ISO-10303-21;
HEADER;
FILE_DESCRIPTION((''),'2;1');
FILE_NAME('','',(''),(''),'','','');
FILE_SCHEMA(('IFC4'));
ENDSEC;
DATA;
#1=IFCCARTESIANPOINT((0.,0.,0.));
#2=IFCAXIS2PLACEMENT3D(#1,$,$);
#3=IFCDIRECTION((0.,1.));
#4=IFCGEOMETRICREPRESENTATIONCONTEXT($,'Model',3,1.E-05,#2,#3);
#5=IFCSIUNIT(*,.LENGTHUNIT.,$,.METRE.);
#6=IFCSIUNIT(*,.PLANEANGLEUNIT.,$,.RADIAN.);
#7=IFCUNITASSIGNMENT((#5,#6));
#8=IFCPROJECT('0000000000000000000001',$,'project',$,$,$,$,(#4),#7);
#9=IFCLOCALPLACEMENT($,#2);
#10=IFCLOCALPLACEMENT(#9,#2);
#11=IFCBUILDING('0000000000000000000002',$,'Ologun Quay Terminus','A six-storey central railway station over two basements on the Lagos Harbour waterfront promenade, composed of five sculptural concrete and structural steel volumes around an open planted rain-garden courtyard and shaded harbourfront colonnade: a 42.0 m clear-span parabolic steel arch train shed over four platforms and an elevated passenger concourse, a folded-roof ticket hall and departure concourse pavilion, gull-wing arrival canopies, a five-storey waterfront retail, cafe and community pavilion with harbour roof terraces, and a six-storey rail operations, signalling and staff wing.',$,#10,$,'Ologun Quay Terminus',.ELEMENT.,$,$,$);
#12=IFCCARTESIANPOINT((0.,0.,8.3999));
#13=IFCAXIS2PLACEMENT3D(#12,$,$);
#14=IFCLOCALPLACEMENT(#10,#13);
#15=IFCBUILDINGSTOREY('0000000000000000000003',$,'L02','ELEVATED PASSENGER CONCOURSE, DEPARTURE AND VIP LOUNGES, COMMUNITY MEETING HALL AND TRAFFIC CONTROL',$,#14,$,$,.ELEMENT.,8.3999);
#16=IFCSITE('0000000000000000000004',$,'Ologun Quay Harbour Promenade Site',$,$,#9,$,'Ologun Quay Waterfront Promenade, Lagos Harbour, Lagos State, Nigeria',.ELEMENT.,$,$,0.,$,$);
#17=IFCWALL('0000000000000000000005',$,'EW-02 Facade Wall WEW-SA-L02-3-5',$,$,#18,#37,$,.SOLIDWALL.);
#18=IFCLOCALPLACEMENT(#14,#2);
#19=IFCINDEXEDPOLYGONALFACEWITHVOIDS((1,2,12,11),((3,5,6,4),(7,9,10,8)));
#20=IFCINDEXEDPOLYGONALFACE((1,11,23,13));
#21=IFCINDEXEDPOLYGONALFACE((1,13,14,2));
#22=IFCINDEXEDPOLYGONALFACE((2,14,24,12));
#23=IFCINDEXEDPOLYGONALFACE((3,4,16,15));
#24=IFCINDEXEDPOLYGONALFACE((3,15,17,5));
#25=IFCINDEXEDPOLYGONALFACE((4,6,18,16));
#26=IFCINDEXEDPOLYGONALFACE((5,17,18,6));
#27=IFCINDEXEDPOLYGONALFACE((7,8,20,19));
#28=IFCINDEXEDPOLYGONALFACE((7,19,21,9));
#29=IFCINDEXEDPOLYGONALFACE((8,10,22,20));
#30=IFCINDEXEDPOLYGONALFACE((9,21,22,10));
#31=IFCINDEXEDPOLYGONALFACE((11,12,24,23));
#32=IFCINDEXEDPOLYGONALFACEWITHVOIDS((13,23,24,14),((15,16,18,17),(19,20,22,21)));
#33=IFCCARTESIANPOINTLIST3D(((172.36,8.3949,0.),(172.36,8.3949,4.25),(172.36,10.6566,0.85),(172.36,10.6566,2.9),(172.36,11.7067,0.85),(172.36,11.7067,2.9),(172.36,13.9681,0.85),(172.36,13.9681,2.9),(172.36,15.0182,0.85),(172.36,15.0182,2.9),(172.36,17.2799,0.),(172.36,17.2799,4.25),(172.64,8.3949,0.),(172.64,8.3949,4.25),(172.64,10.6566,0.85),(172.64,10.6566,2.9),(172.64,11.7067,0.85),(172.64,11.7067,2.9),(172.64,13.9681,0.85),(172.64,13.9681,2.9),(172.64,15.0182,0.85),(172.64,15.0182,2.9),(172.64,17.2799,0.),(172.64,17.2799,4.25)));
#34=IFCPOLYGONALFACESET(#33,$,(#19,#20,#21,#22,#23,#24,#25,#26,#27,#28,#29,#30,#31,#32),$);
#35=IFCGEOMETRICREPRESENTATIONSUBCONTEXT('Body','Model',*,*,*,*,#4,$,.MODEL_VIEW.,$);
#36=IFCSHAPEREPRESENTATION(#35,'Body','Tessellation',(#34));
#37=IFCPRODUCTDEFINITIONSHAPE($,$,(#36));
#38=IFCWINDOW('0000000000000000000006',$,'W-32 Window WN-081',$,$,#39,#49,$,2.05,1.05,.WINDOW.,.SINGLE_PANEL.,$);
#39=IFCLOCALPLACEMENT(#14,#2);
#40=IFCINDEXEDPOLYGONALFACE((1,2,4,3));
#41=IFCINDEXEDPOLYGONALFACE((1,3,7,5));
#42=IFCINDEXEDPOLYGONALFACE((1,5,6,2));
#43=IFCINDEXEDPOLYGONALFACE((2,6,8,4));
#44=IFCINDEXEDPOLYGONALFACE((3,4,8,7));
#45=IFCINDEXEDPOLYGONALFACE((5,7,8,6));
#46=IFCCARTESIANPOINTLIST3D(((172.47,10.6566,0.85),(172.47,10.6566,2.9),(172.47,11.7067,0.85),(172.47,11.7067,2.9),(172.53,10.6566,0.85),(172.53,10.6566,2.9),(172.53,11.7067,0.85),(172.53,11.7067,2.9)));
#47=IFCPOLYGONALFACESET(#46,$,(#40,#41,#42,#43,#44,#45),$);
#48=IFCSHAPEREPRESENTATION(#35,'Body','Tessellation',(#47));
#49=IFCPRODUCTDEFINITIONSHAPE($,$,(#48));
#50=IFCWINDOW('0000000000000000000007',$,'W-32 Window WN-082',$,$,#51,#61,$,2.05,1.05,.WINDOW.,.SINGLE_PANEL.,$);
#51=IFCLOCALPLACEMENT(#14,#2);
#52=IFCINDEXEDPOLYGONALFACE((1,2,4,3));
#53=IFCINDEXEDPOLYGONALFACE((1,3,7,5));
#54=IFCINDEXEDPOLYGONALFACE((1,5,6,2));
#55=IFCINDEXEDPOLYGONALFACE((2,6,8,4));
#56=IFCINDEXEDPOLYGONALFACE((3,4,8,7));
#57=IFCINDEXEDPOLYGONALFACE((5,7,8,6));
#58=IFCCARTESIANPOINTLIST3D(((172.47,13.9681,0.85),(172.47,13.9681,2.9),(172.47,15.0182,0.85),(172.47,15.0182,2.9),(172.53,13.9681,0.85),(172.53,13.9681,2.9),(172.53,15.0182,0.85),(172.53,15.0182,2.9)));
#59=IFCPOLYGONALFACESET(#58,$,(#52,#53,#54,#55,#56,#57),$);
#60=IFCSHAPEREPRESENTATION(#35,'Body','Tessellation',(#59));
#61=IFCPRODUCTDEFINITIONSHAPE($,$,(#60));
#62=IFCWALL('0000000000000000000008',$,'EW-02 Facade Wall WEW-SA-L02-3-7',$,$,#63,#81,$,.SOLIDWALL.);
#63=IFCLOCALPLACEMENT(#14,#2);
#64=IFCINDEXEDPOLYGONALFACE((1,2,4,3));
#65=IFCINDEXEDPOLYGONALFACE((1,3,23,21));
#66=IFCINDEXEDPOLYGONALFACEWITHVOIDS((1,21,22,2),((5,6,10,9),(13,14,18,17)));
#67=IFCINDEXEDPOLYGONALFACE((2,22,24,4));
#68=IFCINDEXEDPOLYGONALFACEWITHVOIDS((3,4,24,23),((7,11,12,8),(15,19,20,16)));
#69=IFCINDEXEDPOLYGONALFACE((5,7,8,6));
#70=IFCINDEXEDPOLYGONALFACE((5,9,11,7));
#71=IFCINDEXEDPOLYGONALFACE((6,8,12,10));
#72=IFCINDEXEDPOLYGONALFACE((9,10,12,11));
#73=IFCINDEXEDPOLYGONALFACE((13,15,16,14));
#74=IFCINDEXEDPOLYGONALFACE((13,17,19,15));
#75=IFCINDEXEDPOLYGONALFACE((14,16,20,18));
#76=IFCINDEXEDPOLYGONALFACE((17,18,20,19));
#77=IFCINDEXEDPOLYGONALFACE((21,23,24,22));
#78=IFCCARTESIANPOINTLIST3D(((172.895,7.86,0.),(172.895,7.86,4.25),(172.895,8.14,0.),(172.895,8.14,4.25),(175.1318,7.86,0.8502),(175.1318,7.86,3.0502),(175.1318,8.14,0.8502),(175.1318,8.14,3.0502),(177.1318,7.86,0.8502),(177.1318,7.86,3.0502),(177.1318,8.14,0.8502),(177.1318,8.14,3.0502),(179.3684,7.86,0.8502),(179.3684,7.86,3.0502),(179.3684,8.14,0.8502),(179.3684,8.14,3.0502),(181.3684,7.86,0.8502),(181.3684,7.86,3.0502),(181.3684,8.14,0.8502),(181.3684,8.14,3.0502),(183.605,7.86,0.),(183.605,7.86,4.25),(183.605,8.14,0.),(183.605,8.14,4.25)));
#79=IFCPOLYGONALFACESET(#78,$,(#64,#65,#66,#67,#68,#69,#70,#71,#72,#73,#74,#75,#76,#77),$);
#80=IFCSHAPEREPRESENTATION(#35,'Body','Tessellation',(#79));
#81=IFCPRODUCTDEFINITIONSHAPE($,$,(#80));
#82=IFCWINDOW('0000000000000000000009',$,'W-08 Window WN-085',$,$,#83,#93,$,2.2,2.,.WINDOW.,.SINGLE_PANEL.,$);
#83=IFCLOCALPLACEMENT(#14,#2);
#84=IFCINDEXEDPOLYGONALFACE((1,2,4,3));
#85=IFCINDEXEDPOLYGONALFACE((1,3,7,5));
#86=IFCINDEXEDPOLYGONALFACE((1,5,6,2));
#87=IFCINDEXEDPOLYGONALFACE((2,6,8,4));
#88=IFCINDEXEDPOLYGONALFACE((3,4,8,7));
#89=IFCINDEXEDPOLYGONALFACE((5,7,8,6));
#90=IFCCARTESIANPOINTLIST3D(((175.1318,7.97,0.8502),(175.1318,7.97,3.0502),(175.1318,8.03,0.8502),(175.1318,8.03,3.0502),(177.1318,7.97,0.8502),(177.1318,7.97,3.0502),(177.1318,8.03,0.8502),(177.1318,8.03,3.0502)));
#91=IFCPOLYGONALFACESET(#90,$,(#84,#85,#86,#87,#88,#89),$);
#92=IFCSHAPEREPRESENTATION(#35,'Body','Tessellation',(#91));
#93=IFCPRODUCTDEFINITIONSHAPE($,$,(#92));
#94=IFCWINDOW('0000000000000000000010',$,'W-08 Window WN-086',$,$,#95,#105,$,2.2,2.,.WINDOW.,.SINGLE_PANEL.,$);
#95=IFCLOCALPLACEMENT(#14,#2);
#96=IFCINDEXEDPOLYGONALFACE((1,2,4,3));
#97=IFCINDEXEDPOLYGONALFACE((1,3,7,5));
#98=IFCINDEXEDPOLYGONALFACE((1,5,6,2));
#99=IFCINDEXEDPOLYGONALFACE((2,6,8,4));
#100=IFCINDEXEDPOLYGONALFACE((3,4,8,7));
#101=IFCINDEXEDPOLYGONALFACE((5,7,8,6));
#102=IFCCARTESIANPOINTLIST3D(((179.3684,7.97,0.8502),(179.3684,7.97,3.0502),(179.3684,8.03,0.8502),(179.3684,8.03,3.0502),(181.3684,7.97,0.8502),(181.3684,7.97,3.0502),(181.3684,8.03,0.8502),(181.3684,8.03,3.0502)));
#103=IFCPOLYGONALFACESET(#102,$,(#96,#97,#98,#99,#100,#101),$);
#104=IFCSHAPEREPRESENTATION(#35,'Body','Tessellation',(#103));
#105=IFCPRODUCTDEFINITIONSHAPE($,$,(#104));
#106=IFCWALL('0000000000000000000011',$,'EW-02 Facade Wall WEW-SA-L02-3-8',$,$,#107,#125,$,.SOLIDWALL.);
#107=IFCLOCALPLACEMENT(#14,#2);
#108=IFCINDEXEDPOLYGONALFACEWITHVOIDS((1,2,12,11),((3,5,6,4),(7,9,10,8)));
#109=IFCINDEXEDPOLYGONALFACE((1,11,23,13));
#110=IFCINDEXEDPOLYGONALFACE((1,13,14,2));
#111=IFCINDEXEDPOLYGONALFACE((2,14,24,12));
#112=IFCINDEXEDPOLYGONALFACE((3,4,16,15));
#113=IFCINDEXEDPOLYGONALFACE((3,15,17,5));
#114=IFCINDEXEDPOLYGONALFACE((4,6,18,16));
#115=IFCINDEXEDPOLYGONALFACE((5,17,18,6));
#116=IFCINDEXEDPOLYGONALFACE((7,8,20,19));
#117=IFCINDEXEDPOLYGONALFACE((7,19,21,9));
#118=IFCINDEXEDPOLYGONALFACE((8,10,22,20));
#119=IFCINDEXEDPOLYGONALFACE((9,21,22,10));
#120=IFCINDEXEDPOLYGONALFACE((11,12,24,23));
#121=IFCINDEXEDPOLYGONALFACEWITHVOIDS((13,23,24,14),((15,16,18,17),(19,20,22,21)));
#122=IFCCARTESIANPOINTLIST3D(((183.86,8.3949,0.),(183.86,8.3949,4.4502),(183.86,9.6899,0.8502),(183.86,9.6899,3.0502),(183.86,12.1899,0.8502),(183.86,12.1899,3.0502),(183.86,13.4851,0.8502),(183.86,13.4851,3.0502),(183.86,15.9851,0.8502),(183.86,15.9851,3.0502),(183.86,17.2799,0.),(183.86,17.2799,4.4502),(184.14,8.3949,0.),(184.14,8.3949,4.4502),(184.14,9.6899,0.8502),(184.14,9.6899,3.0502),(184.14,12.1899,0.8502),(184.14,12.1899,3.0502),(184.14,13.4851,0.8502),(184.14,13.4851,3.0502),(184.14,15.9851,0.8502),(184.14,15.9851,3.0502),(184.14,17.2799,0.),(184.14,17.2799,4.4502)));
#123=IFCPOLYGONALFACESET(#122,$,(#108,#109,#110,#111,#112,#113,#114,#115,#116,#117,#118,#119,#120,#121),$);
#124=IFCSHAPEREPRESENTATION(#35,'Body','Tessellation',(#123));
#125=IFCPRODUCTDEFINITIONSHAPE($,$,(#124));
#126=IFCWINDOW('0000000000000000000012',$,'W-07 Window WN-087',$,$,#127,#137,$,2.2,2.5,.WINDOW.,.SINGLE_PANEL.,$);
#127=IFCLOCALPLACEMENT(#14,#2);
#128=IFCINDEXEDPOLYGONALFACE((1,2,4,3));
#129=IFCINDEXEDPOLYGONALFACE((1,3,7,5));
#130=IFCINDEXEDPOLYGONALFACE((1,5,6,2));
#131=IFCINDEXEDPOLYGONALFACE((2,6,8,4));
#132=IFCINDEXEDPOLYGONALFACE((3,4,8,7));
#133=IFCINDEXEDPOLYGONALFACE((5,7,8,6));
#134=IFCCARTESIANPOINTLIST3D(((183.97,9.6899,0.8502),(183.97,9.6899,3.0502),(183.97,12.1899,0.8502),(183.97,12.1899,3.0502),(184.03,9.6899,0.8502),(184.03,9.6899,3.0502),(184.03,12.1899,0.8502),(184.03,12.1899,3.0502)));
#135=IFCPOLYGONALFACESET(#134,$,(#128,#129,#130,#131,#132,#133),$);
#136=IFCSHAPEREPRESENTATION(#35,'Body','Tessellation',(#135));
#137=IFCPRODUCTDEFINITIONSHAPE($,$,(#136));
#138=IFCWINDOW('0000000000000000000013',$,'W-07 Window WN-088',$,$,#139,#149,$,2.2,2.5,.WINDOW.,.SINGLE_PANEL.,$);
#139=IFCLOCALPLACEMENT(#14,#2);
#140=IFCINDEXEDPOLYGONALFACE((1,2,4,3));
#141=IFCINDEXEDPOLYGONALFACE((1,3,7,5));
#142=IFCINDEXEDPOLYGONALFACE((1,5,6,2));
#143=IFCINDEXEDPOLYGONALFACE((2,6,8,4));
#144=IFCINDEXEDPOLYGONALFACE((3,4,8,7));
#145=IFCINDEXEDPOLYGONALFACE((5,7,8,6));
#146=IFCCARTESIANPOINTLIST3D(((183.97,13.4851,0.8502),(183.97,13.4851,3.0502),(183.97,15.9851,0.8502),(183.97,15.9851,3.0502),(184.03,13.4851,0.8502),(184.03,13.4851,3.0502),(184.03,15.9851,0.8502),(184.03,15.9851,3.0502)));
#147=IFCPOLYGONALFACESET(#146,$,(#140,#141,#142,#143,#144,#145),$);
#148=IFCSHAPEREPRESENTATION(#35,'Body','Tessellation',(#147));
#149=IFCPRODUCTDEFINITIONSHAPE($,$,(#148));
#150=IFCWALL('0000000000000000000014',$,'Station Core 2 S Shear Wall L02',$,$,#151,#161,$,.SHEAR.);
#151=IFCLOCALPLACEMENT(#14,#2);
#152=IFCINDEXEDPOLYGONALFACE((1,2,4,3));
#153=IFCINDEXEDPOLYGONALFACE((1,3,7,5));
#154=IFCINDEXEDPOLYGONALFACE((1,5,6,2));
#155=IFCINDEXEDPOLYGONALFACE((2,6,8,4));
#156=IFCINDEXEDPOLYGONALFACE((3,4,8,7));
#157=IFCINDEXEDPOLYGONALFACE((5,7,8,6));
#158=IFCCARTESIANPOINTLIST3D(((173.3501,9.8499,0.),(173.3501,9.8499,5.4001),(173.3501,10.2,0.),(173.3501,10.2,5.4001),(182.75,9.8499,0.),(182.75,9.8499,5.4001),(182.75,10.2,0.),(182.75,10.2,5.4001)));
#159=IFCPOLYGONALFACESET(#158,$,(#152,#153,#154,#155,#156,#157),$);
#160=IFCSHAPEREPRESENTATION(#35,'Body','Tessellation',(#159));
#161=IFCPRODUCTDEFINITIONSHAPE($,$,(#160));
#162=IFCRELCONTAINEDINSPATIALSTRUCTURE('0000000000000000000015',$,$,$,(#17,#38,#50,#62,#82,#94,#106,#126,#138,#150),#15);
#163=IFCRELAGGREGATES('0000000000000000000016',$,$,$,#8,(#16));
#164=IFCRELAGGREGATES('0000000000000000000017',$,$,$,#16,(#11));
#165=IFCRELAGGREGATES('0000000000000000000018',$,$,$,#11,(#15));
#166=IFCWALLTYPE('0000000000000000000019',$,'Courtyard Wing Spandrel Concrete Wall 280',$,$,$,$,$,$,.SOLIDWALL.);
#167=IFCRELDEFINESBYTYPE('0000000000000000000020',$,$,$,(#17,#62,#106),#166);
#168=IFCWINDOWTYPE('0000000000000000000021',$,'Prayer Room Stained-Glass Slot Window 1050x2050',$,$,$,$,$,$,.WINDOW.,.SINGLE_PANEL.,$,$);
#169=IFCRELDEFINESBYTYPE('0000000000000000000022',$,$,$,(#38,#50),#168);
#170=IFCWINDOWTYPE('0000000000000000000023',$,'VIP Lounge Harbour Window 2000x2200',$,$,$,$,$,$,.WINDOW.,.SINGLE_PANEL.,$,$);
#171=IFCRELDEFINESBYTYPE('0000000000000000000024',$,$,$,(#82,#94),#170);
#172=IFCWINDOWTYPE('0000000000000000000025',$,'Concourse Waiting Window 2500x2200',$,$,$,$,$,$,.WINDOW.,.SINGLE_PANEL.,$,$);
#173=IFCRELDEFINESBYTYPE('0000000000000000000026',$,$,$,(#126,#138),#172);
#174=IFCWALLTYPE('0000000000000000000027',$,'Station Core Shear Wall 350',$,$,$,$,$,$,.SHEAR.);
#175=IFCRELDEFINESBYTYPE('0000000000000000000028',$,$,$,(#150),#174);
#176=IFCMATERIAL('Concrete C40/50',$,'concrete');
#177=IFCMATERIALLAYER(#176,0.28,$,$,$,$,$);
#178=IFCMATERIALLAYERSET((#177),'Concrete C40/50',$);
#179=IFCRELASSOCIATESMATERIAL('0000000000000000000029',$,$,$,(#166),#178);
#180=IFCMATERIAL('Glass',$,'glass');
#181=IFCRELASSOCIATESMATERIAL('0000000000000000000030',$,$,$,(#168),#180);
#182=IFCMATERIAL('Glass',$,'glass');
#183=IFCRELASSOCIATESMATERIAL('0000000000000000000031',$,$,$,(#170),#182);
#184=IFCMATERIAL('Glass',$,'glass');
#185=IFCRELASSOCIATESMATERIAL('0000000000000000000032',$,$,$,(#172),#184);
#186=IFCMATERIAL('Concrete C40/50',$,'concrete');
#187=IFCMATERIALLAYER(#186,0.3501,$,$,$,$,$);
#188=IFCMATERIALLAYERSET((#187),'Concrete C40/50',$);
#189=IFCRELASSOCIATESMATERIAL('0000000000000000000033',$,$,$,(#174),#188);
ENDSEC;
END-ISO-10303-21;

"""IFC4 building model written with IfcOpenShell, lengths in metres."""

from ifc_helpers import new_model, si_unit, direction, frame, frame_2d, origin, place, context, subcontext, project, spatial, rectangle, extrude, material, layer, layer_set, type_object, element, fill, save


model = new_model("IFC4")

# Units and contexts
model_context = context("Model", 3, precision=1e-05, world=origin(), true_north=direction((0.0, 1.0)))
body_context = subcontext(model_context, "Body", "Model", "MODEL_VIEW")
ifc_project = project(units=[si_unit("LENGTHUNIT", "METRE"), si_unit("PLANEANGLEUNIT", "RADIAN")], contexts=[model_context])

# Site, building, storey
site_placement = place(None, origin())
site = spatial("IfcSite", under=ifc_project, at=site_placement, Name="Ologun Quay Harbour Promenade Site", LongName="Ologun Quay Waterfront Promenade, Lagos Harbour, Lagos State, Nigeria", CompositionType="ELEMENT", RefElevation=0.0)
building_placement = place(site_placement, origin())
building = spatial("IfcBuilding", under=site, at=building_placement, Name="Ologun Quay Terminus", Description="A six-storey central railway station over two basements on the Lagos Harbour waterfront promenade, composed of five sculptural concrete and structural steel volumes around an open planted rain-garden courtyard and shaded harbourfront colonnade: a 42.0 m clear-span parabolic steel arch train shed over four platforms and an elevated passenger concourse, a folded-roof ticket hall and departure concourse pavilion, gull-wing arrival canopies, a five-storey waterfront retail, cafe and community pavilion with harbour roof terraces, and a six-storey rail operations, signalling and staff wing.", LongName="Ologun Quay Terminus", CompositionType="ELEMENT")
storey_placement = place(building_placement, frame((0.0, 0.0, 8.3999)))
storey = spatial("IfcBuildingStorey", under=building, at=storey_placement, Name="L02", Description="ELEVATED PASSENGER CONCOURSE, DEPARTURE AND VIP LOUNGES, COMMUNITY MEETING HALL AND TRAFFIC CONTROL", CompositionType="ELEMENT", Elevation=8.3999)

# Walls, openings, windows
ifc_material_1 = material(Name="Concrete C40/50", Category="concrete")
ifc_layer_1 = layer(ifc_material_1, 0.28)
ifc_layer_set_1 = layer_set([ifc_layer_1], Name="Concrete C40/50")
wall_type_1 = type_object("IfcWallType", Name="Courtyard Wing Spandrel Concrete Wall 280", PredefinedType="SOLIDWALL", material=ifc_layer_set_1)
wall_1_placement = place(storey_placement, frame((172.5, 8.395, 0.0), z_axis=(0.0, 0.0, 1.0), x_axis=(0.0, 1.0, 0.0)))
wall_1 = element("IfcWall", 1, at=wall_1_placement, inside=storey, type_object=wall_type_1, Name="EW-02 Facade Wall WEW-SA-L02-3-5", PredefinedType="SOLIDWALL", context=body_context, shape_type="SweptSolid", body=[
    extrude(rectangle(XDim=8.885, YDim=0.28, at=frame_2d((4.4424, 0.0))), origin(), (0.0, 0.0, 1.0), 4.25),
])
opening_1_placement = place(wall_1_placement, frame((2.2617, 0.0, 0.8501)))
opening_1 = element("IfcOpeningElement", 2, at=opening_1_placement, cuts=wall_1, PredefinedType="OPENING", context=body_context, shape_type="SweptSolid", body=[
    extrude(rectangle(XDim=1.05, YDim=2.05, at=frame_2d((0.5249, 1.0249))), frame((0.0, 0.1499, 0.0), z_axis=(0.0, -1.0, 0.0), x_axis=(1.0, 0.0, 0.0)), (0.0, 0.0, 1.0), 0.3),
])
opening_2_placement = place(wall_1_placement, frame((5.5732, 0.0, 0.8501)))
opening_2 = element("IfcOpeningElement", 3, at=opening_2_placement, cuts=wall_1, PredefinedType="OPENING", context=body_context, shape_type="SweptSolid", body=[
    extrude(rectangle(XDim=1.05, YDim=2.05, at=frame_2d((0.5249, 1.0249))), frame((0.0, 0.1499, 0.0), z_axis=(0.0, -1.0, 0.0), x_axis=(1.0, 0.0, 0.0)), (0.0, 0.0, 1.0), 0.3),
])
ifc_material_2 = material(Name="Glass", Category="glass")
window_type_1 = type_object("IfcWindowType", Name="Prayer Room Stained-Glass Slot Window 1050x2050", PartitioningType="SINGLE_PANEL", PredefinedType="WINDOW", material=ifc_material_2)
window_1_placement = place(opening_1_placement, origin())
window_1 = element("IfcWindow", 4, at=window_1_placement, inside=storey, type_object=window_type_1, Name="W-32 Window WN-081", OverallHeight=2.05, OverallWidth=1.05, PartitioningType="SINGLE_PANEL", PredefinedType="WINDOW", context=body_context, shape_type="SweptSolid", body=[
    extrude(rectangle(XDim=1.05, YDim=2.05, at=frame_2d((0.5249, 1.0249))), frame((0.0, 0.03, 0.0), z_axis=(0.0, -1.0, 0.0), x_axis=(1.0, 0.0, 0.0)), (0.0, 0.0, 1.0), 0.0601),
])
fill(opening_1, window_1)
window_2_placement = place(opening_2_placement, origin())
window_2 = element("IfcWindow", 5, at=window_2_placement, inside=storey, type_object=window_type_1, Name="W-32 Window WN-082", OverallHeight=2.05, OverallWidth=1.05, PartitioningType="SINGLE_PANEL", PredefinedType="WINDOW", context=body_context, shape_type="SweptSolid", body=[
    extrude(rectangle(XDim=1.05, YDim=2.05, at=frame_2d((0.5249, 1.0249))), frame((0.0, 0.03, 0.0), z_axis=(0.0, -1.0, 0.0), x_axis=(1.0, 0.0, 0.0)), (0.0, 0.0, 1.0), 0.0601),
])
fill(opening_2, window_2)
wall_2_placement = place(storey_placement, frame((172.895, 8.0, 0.0), z_axis=(0.0, 0.0, 1.0), x_axis=(1.0, 0.0, 0.0)))
wall_2 = element("IfcWall", 6, at=wall_2_placement, inside=storey, type_object=wall_type_1, Name="EW-02 Facade Wall WEW-SA-L02-3-7", PredefinedType="SOLIDWALL", context=body_context, shape_type="SweptSolid", body=[
    extrude(rectangle(XDim=10.71, YDim=0.28, at=frame_2d((5.355, 0.0))), origin(), (0.0, 0.0, 1.0), 4.25),
])
opening_3_placement = place(wall_2_placement, frame((2.2368, 0.0, 0.8501)))
opening_3 = element("IfcOpeningElement", 7, at=opening_3_placement, cuts=wall_2, PredefinedType="OPENING", context=body_context, shape_type="SweptSolid", body=[
    extrude(rectangle(XDim=2.0, YDim=2.2, at=frame_2d((1.0, 1.1001))), frame((0.0, 0.1499, 0.0), z_axis=(0.0, -1.0, 0.0), x_axis=(1.0, 0.0, 0.0)), (0.0, 0.0, 1.0), 0.3),
])
opening_4_placement = place(wall_2_placement, frame((6.4734, 0.0, 0.8501)))
opening_4 = element("IfcOpeningElement", 8, at=opening_4_placement, cuts=wall_2, PredefinedType="OPENING", context=body_context, shape_type="SweptSolid", body=[
    extrude(rectangle(XDim=2.0, YDim=2.2, at=frame_2d((1.0, 1.1001))), frame((0.0, 0.1499, 0.0), z_axis=(0.0, -1.0, 0.0), x_axis=(1.0, 0.0, 0.0)), (0.0, 0.0, 1.0), 0.3),
])
ifc_material_3 = material(Name="Glass", Category="glass")
window_type_2 = type_object("IfcWindowType", Name="VIP Lounge Harbour Window 2000x2200", PartitioningType="SINGLE_PANEL", PredefinedType="WINDOW", material=ifc_material_3)
window_3_placement = place(opening_3_placement, origin())
window_3 = element("IfcWindow", 9, at=window_3_placement, inside=storey, type_object=window_type_2, Name="W-08 Window WN-085", OverallHeight=2.2, OverallWidth=2.0, PartitioningType="SINGLE_PANEL", PredefinedType="WINDOW", context=body_context, shape_type="SweptSolid", body=[
    extrude(rectangle(XDim=2.0, YDim=2.2, at=frame_2d((1.0, 1.1001))), frame((0.0, 0.03, 0.0), z_axis=(0.0, -1.0, 0.0), x_axis=(1.0, 0.0, 0.0)), (0.0, 0.0, 1.0), 0.0601),
])
fill(opening_3, window_3)
window_4_placement = place(opening_4_placement, origin())
window_4 = element("IfcWindow", 10, at=window_4_placement, inside=storey, type_object=window_type_2, Name="W-08 Window WN-086", OverallHeight=2.2, OverallWidth=2.0, PartitioningType="SINGLE_PANEL", PredefinedType="WINDOW", context=body_context, shape_type="SweptSolid", body=[
    extrude(rectangle(XDim=2.0, YDim=2.2, at=frame_2d((1.0, 1.1001))), frame((0.0, 0.03, 0.0), z_axis=(0.0, -1.0, 0.0), x_axis=(1.0, 0.0, 0.0)), (0.0, 0.0, 1.0), 0.0601),
])
fill(opening_4, window_4)
wall_3_placement = place(storey_placement, frame((184.0, 8.395, 0.0), z_axis=(0.0, 0.0, 1.0), x_axis=(0.0, 1.0, 0.0)))
wall_3 = element("IfcWall", 11, at=wall_3_placement, inside=storey, type_object=wall_type_1, Name="EW-02 Facade Wall WEW-SA-L02-3-8", PredefinedType="SOLIDWALL", context=body_context, shape_type="SweptSolid", body=[
    extrude(rectangle(XDim=8.885, YDim=0.28, at=frame_2d((4.4424, 0.0))), origin(), (0.0, 0.0, 1.0), 4.4502),
])
opening_5_placement = place(wall_3_placement, frame((1.2949, 0.0, 0.8501)))
opening_5 = element("IfcOpeningElement", 12, at=opening_5_placement, cuts=wall_3, PredefinedType="OPENING", context=body_context, shape_type="SweptSolid", body=[
    extrude(rectangle(XDim=2.5, YDim=2.2, at=frame_2d((1.25, 1.1001))), frame((0.0, 0.1499, 0.0), z_axis=(0.0, -1.0, 0.0), x_axis=(1.0, 0.0, 0.0)), (0.0, 0.0, 1.0), 0.3),
])
opening_6_placement = place(wall_3_placement, frame((5.0901, 0.0, 0.8501)))
opening_6 = element("IfcOpeningElement", 13, at=opening_6_placement, cuts=wall_3, PredefinedType="OPENING", context=body_context, shape_type="SweptSolid", body=[
    extrude(rectangle(XDim=2.5, YDim=2.2, at=frame_2d((1.25, 1.1001))), frame((0.0, 0.1499, 0.0), z_axis=(0.0, -1.0, 0.0), x_axis=(1.0, 0.0, 0.0)), (0.0, 0.0, 1.0), 0.3),
])
ifc_material_4 = material(Name="Glass", Category="glass")
window_type_3 = type_object("IfcWindowType", Name="Concourse Waiting Window 2500x2200", PartitioningType="SINGLE_PANEL", PredefinedType="WINDOW", material=ifc_material_4)
window_5_placement = place(opening_5_placement, origin())
window_5 = element("IfcWindow", 14, at=window_5_placement, inside=storey, type_object=window_type_3, Name="W-07 Window WN-087", OverallHeight=2.2, OverallWidth=2.5, PartitioningType="SINGLE_PANEL", PredefinedType="WINDOW", context=body_context, shape_type="SweptSolid", body=[
    extrude(rectangle(XDim=2.5, YDim=2.2, at=frame_2d((1.25, 1.1001))), frame((0.0, 0.03, 0.0), z_axis=(0.0, -1.0, 0.0), x_axis=(1.0, 0.0, 0.0)), (0.0, 0.0, 1.0), 0.0601),
])
fill(opening_5, window_5)
window_6_placement = place(opening_6_placement, origin())
window_6 = element("IfcWindow", 15, at=window_6_placement, inside=storey, type_object=window_type_3, Name="W-07 Window WN-088", OverallHeight=2.2, OverallWidth=2.5, PartitioningType="SINGLE_PANEL", PredefinedType="WINDOW", context=body_context, shape_type="SweptSolid", body=[
    extrude(rectangle(XDim=2.5, YDim=2.2, at=frame_2d((1.25, 1.1001))), frame((0.0, 0.03, 0.0), z_axis=(0.0, -1.0, 0.0), x_axis=(1.0, 0.0, 0.0)), (0.0, 0.0, 1.0), 0.0601),
])
fill(opening_6, window_6)

# Wall
ifc_material_5 = material(Name="Concrete C40/50", Category="concrete")
ifc_layer_2 = layer(ifc_material_5, 0.3501)
ifc_layer_set_2 = layer_set([ifc_layer_2], Name="Concrete C40/50")
wall_type_2 = type_object("IfcWallType", Name="Station Core Shear Wall 350", PredefinedType="SHEAR", material=ifc_layer_set_2)
wall_4_placement = place(storey_placement, frame((173.3501, 10.0249, 0.0), z_axis=(0.0, 0.0, 1.0), x_axis=(1.0, 0.0, 0.0)))
element("IfcWall", 16, at=wall_4_placement, inside=storey, type_object=wall_type_2, Name="Station Core 2 S Shear Wall L02", PredefinedType="SHEAR", context=body_context, shape_type="SweptSolid", body=[
    extrude(rectangle(XDim=9.3999, YDim=0.3501, at=frame_2d((4.7, 0.0))), origin(), (0.0, 0.0, 1.0), 5.4001),
])

save(model, "model.ifc")
